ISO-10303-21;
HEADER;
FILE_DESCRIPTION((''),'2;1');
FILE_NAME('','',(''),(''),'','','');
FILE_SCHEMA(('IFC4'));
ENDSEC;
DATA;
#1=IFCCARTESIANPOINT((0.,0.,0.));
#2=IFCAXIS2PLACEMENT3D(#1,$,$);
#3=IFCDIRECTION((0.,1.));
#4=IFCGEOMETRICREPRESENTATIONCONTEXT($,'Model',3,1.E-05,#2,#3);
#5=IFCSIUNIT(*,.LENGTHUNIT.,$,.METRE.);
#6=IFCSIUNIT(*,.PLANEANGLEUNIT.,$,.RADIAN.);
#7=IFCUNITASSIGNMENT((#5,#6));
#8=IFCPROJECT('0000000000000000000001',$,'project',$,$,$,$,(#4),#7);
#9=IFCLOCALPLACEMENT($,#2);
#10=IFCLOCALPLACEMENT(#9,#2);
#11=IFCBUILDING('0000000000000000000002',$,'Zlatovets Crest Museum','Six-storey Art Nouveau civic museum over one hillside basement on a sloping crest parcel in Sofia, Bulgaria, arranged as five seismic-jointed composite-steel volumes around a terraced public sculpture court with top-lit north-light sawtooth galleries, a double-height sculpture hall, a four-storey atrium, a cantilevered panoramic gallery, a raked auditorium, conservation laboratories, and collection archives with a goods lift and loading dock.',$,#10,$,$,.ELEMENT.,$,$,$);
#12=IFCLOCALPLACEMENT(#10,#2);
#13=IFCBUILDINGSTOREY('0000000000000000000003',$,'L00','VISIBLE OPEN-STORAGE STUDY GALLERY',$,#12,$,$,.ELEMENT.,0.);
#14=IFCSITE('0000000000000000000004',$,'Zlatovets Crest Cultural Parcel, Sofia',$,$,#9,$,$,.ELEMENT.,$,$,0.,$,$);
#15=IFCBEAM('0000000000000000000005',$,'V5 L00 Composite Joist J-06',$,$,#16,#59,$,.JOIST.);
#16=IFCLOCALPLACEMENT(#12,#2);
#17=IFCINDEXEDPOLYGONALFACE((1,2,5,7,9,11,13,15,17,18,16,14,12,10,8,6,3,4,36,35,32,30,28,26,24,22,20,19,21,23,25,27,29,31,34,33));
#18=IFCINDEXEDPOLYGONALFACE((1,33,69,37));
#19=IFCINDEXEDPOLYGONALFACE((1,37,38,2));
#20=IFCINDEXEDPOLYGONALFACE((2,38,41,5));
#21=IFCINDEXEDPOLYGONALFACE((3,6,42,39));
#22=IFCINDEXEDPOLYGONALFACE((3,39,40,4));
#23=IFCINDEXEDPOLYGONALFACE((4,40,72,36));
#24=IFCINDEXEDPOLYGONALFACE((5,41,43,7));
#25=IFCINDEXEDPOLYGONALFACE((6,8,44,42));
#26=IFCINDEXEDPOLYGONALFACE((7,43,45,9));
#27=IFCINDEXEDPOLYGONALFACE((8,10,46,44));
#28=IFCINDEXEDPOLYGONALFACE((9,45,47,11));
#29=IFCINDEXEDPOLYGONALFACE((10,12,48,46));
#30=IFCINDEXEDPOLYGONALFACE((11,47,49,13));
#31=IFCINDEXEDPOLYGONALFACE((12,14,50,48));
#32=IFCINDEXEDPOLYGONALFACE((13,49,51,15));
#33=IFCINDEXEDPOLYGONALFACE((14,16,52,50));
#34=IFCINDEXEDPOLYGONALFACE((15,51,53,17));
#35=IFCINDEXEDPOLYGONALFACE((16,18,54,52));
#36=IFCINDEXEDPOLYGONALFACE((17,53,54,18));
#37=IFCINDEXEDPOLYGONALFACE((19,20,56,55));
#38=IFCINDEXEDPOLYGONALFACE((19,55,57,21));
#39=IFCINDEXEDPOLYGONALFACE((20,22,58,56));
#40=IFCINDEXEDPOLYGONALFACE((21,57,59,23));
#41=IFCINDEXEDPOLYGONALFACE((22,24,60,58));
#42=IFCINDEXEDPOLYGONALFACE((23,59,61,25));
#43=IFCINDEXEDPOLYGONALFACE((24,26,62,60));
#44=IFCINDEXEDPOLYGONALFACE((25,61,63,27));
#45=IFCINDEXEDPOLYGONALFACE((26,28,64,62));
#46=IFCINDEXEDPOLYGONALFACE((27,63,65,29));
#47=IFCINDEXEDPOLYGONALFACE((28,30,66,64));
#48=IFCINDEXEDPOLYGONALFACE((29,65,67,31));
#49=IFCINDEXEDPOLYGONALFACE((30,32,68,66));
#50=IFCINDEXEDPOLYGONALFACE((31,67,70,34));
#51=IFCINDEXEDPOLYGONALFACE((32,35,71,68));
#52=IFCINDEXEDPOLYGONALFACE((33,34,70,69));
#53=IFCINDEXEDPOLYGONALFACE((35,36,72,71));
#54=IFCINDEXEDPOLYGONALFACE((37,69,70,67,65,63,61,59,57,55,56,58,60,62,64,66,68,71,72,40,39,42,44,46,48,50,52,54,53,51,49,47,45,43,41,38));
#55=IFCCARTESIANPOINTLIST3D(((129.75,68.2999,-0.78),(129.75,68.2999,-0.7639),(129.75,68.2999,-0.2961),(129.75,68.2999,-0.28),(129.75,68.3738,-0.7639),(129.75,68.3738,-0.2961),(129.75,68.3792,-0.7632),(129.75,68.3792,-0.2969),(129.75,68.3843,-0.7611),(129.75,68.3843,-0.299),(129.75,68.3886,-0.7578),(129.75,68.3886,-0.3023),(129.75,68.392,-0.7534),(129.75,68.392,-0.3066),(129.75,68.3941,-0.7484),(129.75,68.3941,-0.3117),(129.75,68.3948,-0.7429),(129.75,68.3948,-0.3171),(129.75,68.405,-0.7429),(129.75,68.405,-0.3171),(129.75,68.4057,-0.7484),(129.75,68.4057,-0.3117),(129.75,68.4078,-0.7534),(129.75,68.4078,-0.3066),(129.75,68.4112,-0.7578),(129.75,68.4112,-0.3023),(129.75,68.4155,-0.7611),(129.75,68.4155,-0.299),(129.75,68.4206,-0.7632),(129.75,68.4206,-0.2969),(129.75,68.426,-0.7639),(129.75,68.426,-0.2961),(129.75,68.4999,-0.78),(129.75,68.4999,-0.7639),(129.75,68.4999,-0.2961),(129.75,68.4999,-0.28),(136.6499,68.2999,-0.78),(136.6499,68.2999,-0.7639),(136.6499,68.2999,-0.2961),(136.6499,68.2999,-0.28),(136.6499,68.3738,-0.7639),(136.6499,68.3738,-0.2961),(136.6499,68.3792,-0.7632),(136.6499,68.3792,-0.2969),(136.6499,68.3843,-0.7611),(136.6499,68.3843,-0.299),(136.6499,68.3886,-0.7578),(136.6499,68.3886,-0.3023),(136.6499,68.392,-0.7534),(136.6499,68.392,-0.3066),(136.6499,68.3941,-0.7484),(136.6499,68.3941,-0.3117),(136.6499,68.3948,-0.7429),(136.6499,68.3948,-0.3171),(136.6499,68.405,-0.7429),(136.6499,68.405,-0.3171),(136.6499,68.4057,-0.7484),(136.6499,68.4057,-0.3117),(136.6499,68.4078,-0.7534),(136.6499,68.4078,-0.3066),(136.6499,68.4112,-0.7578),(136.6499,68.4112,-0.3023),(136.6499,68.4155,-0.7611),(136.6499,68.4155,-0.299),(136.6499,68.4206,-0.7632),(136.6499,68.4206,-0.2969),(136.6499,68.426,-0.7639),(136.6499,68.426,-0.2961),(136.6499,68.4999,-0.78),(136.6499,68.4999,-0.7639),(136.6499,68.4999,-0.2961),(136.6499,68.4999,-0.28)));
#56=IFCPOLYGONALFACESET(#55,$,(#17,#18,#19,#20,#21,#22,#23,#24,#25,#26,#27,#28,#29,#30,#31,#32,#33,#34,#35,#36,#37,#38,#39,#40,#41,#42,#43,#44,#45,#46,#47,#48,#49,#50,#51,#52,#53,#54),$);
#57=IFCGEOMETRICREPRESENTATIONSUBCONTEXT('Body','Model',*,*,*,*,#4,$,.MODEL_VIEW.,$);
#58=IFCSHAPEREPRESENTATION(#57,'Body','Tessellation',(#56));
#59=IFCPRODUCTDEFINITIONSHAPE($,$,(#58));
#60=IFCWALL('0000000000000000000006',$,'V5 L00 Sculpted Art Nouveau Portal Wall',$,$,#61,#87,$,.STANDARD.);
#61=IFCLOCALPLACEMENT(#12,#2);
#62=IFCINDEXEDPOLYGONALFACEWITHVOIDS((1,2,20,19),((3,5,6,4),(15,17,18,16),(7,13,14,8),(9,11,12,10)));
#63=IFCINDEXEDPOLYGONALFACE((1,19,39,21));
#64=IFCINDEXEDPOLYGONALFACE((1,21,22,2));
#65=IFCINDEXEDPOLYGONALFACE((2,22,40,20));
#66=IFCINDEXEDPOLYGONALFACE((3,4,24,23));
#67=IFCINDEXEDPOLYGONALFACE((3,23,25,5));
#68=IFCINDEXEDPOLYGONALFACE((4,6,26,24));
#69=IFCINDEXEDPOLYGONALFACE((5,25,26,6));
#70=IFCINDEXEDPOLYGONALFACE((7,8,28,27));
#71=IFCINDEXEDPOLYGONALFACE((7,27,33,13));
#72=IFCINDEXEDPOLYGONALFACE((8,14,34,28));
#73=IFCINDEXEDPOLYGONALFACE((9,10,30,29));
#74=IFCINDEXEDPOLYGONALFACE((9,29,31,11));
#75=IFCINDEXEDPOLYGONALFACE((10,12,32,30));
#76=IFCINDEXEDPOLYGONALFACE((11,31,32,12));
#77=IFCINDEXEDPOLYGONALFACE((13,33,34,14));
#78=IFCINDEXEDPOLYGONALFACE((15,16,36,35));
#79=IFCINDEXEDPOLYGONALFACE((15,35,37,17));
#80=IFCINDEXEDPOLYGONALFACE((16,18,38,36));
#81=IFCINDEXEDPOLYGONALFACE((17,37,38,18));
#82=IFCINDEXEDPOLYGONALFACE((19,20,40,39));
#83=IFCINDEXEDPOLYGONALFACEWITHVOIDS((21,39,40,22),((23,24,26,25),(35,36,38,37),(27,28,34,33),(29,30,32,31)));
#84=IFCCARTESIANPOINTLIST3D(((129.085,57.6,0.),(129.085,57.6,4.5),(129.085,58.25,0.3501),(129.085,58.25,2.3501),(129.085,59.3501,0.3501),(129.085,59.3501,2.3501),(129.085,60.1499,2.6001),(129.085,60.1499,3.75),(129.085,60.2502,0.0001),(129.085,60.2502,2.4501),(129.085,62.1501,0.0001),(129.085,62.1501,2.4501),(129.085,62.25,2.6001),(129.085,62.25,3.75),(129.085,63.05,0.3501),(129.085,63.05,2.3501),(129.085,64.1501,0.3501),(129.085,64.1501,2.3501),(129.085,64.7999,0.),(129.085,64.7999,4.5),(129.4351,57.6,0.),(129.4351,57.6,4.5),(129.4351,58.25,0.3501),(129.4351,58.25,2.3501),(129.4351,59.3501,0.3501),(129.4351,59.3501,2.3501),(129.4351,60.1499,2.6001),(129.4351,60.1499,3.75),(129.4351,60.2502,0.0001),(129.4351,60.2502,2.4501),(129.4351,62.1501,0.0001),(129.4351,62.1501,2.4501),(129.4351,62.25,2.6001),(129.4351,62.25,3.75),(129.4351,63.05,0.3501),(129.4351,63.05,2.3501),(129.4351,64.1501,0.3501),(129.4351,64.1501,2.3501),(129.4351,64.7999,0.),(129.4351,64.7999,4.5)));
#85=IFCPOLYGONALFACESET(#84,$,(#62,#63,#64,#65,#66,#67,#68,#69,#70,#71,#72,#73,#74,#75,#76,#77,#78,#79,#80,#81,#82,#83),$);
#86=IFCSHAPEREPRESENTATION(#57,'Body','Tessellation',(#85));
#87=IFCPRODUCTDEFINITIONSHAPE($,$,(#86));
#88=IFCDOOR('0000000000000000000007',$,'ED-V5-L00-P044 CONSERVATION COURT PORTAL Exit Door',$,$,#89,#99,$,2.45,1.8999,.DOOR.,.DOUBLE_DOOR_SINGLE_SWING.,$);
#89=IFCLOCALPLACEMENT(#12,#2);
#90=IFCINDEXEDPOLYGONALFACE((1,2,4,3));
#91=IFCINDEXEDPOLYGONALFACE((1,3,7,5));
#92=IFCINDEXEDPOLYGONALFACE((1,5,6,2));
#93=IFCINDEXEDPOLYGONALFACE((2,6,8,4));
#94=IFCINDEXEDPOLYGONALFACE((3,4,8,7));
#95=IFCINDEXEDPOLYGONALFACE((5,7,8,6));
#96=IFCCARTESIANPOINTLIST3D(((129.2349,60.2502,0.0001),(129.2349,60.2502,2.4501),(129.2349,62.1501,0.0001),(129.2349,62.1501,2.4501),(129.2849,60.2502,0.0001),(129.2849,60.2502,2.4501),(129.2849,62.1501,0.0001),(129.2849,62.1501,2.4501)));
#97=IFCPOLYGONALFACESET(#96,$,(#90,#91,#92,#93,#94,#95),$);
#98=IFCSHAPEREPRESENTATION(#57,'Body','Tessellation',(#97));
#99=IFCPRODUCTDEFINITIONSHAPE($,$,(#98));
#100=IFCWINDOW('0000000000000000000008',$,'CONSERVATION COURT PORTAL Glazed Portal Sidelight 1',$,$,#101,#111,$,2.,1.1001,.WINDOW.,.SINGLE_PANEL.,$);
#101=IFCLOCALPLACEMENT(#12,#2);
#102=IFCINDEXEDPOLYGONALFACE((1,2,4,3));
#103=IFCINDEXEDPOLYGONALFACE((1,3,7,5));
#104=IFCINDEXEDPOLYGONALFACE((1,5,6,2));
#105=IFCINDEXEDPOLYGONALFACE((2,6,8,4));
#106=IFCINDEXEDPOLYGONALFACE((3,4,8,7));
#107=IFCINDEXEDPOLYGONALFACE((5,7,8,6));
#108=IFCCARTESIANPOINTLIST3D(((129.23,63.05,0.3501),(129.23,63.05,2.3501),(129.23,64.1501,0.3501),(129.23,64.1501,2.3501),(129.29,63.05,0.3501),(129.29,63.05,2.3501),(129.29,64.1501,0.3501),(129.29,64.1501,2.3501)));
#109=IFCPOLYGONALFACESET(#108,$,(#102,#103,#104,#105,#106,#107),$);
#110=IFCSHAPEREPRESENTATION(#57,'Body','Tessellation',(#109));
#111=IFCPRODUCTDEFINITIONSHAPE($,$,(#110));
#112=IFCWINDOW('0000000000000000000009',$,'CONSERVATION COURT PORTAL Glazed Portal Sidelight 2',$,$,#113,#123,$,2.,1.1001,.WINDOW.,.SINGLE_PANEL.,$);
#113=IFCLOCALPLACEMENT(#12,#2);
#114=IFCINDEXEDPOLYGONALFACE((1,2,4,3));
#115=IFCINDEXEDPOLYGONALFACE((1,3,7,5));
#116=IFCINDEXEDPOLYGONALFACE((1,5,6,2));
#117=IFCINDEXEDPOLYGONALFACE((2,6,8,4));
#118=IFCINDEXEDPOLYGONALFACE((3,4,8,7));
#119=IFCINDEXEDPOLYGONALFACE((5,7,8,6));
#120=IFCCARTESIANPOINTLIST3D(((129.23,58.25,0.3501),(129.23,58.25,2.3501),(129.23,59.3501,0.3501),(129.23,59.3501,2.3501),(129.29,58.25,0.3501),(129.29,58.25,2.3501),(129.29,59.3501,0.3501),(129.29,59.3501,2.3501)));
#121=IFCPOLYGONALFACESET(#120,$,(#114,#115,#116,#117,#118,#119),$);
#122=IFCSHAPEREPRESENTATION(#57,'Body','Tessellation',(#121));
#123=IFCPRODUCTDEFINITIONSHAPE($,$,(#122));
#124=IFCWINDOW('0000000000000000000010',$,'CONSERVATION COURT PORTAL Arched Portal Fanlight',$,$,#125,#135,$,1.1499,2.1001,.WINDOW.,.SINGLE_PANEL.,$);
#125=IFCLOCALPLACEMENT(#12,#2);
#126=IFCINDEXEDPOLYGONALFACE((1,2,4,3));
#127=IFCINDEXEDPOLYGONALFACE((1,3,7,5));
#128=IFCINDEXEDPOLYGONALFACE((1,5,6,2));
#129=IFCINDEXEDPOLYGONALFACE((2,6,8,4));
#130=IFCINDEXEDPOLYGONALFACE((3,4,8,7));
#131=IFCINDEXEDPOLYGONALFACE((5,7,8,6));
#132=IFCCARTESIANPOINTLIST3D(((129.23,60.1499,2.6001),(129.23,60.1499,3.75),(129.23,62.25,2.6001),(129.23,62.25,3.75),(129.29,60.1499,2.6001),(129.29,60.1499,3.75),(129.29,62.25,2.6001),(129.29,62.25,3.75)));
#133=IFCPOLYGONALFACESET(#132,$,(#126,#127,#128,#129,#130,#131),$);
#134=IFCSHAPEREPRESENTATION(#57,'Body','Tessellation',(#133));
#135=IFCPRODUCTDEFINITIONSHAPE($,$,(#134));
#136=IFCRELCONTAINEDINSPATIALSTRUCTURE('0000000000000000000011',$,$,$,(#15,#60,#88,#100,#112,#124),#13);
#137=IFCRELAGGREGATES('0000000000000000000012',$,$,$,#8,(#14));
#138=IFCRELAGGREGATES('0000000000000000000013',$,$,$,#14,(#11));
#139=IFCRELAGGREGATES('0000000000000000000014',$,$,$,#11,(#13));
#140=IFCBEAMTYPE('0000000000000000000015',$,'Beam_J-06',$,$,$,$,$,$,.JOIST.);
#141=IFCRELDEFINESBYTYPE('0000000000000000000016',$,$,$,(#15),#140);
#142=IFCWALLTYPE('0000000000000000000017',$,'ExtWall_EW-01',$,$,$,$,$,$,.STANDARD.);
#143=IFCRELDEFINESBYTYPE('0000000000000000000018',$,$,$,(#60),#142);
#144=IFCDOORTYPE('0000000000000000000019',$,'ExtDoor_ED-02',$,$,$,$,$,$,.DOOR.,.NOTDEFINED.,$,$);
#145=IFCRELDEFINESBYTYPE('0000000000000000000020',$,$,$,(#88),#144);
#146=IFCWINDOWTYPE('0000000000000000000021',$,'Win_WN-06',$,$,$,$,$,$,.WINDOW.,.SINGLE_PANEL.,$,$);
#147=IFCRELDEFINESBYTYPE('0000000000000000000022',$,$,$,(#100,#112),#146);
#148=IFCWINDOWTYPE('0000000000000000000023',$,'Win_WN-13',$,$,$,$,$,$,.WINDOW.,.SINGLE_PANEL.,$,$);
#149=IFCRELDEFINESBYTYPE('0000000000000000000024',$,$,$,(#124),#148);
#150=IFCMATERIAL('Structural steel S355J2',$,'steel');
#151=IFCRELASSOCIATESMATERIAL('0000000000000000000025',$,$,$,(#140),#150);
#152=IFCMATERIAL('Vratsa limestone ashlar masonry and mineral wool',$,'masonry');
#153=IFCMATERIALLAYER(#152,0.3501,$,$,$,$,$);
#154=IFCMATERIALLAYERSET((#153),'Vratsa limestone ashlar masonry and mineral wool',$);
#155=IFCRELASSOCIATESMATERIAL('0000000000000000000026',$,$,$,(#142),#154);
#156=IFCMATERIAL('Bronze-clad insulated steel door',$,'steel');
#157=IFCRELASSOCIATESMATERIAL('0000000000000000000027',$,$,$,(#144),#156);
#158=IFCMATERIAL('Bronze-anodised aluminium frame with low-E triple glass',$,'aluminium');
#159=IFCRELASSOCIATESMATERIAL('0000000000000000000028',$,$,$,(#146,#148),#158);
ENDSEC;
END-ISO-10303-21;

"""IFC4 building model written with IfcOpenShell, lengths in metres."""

from ifc_helpers import new_model, si_unit, direction, frame, frame_2d, origin, origin_2d, place, context, subcontext, project, spatial, rectangle, i_section, extrude, material, layer, layer_set, material_profile, profile_set, type_object, element, fill, save


model = new_model("IFC4")

# Units and contexts
model_context = context("Model", 3, precision=1e-05, world=origin(), true_north=direction((0.0, 1.0)))
body_context = subcontext(model_context, "Body", "Model", "MODEL_VIEW")
ifc_project = project(units=[si_unit("LENGTHUNIT", "METRE"), si_unit("PLANEANGLEUNIT", "RADIAN")], contexts=[model_context])

# Site, building, storey
site_placement = place(None, origin())
site = spatial("IfcSite", under=ifc_project, at=site_placement, Name="Zlatovets Crest Cultural Parcel, Sofia", CompositionType="ELEMENT", RefElevation=0.0)
building_placement = place(site_placement, origin())
building = spatial("IfcBuilding", under=site, at=building_placement, Name="Zlatovets Crest Museum", Description="Six-storey Art Nouveau civic museum over one hillside basement on a sloping crest parcel in Sofia, Bulgaria, arranged as five seismic-jointed composite-steel volumes around a terraced public sculpture court with top-lit north-light sawtooth galleries, a double-height sculpture hall, a four-storey atrium, a cantilevered panoramic gallery, a raked auditorium, conservation laboratories, and collection archives with a goods lift and loading dock.", CompositionType="ELEMENT")
storey_placement = place(building_placement, origin())
storey = spatial("IfcBuildingStorey", under=building, at=storey_placement, Name="L00", Description="VISIBLE OPEN-STORAGE STUDY GALLERY", CompositionType="ELEMENT", Elevation=0.0)

# Shared definitions
ifc_material_1 = material(Name="Structural steel S355J2", Category="steel")

# Beam
ifc_material_profile_1 = material_profile(ifc_material_1, i_section(OverallWidth=0.2, OverallDepth=0.5, WebThickness=0.0103, FlangeThickness=0.0161, FilletRadius=0.021, at=origin_2d()), Name="IPE 500")
ifc_profile_set_1 = profile_set([ifc_material_profile_1], Name="Structural steel S355J2")
beam_type_1 = type_object("IfcBeamType", Name="Beam_J-06", PredefinedType="JOIST", material=ifc_profile_set_1)
for number, where, z_axis, x_axis, name in (
    (1, (129.75, 68.3999, -0.53), (1.0, 0.0, 0.0), (0.0, 1.0, 0.0), "V5 L00 Composite Joist J-06"),
):
    element("IfcBeam", number, at=place(storey_placement, frame(where, z_axis=z_axis, x_axis=x_axis)), inside=storey, type_object=beam_type_1, Name=name, PredefinedType="JOIST", context=body_context, shape_type="SweptSolid", body=[
        extrude(i_section(OverallWidth=0.2, OverallDepth=0.5, WebThickness=0.0103, FlangeThickness=0.0161, FilletRadius=0.021, at=origin_2d()), origin(), (0.0, 0.0, 1.0), 6.8999),
    ])

# Wall, openings, door, windows
ifc_material_2 = material(Name="Vratsa limestone ashlar masonry and mineral wool", Category="masonry")
ifc_layer_1 = layer(ifc_material_2, 0.3501)
ifc_layer_set_1 = layer_set([ifc_layer_1], Name="Vratsa limestone ashlar masonry and mineral wool")
wall_type = type_object("IfcWallType", Name="ExtWall_EW-01", PredefinedType="STANDARD", material=ifc_layer_set_1)
wall_1_placement = place(storey_placement, frame((129.26, 64.8, 0.0), z_axis=(0.0, 0.0, 1.0), x_axis=(0.0, -1.0, 0.0)))
wall_1 = element("IfcWall", 2, at=wall_1_placement, inside=storey, type_object=wall_type, Name="V5 L00 Sculpted Art Nouveau Portal Wall", PredefinedType="STANDARD", context=body_context, shape_type="SweptSolid", body=[
    extrude(rectangle(XDim=7.2, YDim=0.3501, at=frame_2d((3.6001, 0.0))), origin(), (0.0, 0.0, 1.0), 4.5),
])
opening_1_placement = place(wall_1_placement, frame((2.6499, 0.0, 0.0)))
opening_1 = element("IfcOpeningElement", 3, at=opening_1_placement, cuts=wall_1, PredefinedType="OPENING", context=body_context, shape_type="SweptSolid", body=[
    extrude(rectangle(XDim=1.8999, YDim=2.45, at=frame_2d((0.95, 1.2251))), frame((0.0, 0.1851, 0.0), z_axis=(0.0, -1.0, 0.0), x_axis=(1.0, 0.0, 0.0)), (0.0, 0.0, 1.0), 0.3701),
])
opening_2_placement = place(wall_1_placement, frame((2.55, 0.0, 2.6001)))
opening_2 = element("IfcOpeningElement", 4, at=opening_2_placement, cuts=wall_1, PredefinedType="OPENING", context=body_context, shape_type="SweptSolid", body=[
    extrude(rectangle(XDim=2.1001, YDim=1.1499, at=frame_2d((1.05, 0.575))), frame((0.0, 0.1851, 0.0), z_axis=(0.0, -1.0, 0.0), x_axis=(1.0, 0.0, 0.0)), (0.0, 0.0, 1.0), 0.3701),
])
opening_3_placement = place(wall_1_placement, frame((0.6499, 0.0, 0.3501)))
opening_3 = element("IfcOpeningElement", 5, at=opening_3_placement, cuts=wall_1, PredefinedType="OPENING", context=body_context, shape_type="SweptSolid", body=[
    extrude(rectangle(XDim=1.1001, YDim=2.0, at=frame_2d((0.55, 1.0))), frame((0.0, 0.1851, 0.0), z_axis=(0.0, -1.0, 0.0), x_axis=(1.0, 0.0, 0.0)), (0.0, 0.0, 1.0), 0.3701),
])
opening_4_placement = place(wall_1_placement, frame((5.45, 0.0, 0.3501)))
opening_4 = element("IfcOpeningElement", 6, at=opening_4_placement, cuts=wall_1, PredefinedType="OPENING", context=body_context, shape_type="SweptSolid", body=[
    extrude(rectangle(XDim=1.1001, YDim=2.0, at=frame_2d((0.55, 1.0))), frame((0.0, 0.1851, 0.0), z_axis=(0.0, -1.0, 0.0), x_axis=(1.0, 0.0, 0.0)), (0.0, 0.0, 1.0), 0.3701),
])
ifc_material_3 = material(Name="Bronze-clad insulated steel door", Category="steel")
door_type = type_object("IfcDoorType", Name="ExtDoor_ED-02", OperationType="NOTDEFINED", PredefinedType="DOOR", material=ifc_material_3)
door_1_placement = place(opening_1_placement, origin())
door_1 = element("IfcDoor", 7, at=door_1_placement, inside=storey, type_object=door_type, Name="ED-V5-L00-P044 CONSERVATION COURT PORTAL Exit Door", OperationType="DOUBLE_DOOR_SINGLE_SWING", OverallHeight=2.45, OverallWidth=1.8999, PredefinedType="DOOR", context=body_context, shape_type="SweptSolid", body=[
    extrude(rectangle(XDim=1.8999, YDim=2.45, at=frame_2d((0.95, 1.2251))), frame((0.0, 0.0249, 0.0), z_axis=(0.0, -1.0, 0.0), x_axis=(1.0, 0.0, 0.0)), (0.0, 0.0, 1.0), 0.05),
])
fill(opening_1, door_1)
ifc_material_4 = material(Name="Bronze-anodised aluminium frame with low-E triple glass", Category="aluminium")
window_type_1 = type_object("IfcWindowType", Name="Win_WN-06", PartitioningType="SINGLE_PANEL", PredefinedType="WINDOW", material=ifc_material_4)
window_1_placement = place(opening_3_placement, origin())
window_1 = element("IfcWindow", 8, at=window_1_placement, inside=storey, type_object=window_type_1, Name="CONSERVATION COURT PORTAL Glazed Portal Sidelight 1", OverallHeight=2.0, OverallWidth=1.1001, PartitioningType="SINGLE_PANEL", PredefinedType="WINDOW", context=body_context, shape_type="SweptSolid", body=[
    extrude(rectangle(XDim=1.1001, YDim=2.0, at=frame_2d((0.55, 1.0))), frame((0.0, 0.03, 0.0), z_axis=(0.0, -1.0, 0.0), x_axis=(1.0, 0.0, 0.0)), (0.0, 0.0, 1.0), 0.0601),
])
fill(opening_3, window_1)
window_2_placement = place(opening_4_placement, origin())
window_2 = element("IfcWindow", 9, at=window_2_placement, inside=storey, type_object=window_type_1, Name="CONSERVATION COURT PORTAL Glazed Portal Sidelight 2", OverallHeight=2.0, OverallWidth=1.1001, PartitioningType="SINGLE_PANEL", PredefinedType="WINDOW", context=body_context, shape_type="SweptSolid", body=[
    extrude(rectangle(XDim=1.1001, YDim=2.0, at=frame_2d((0.55, 1.0))), frame((0.0, 0.03, 0.0), z_axis=(0.0, -1.0, 0.0), x_axis=(1.0, 0.0, 0.0)), (0.0, 0.0, 1.0), 0.0601),
])
fill(opening_4, window_2)
window_type_2 = type_object("IfcWindowType", Name="Win_WN-13", PartitioningType="SINGLE_PANEL", PredefinedType="WINDOW", material=ifc_material_4)
window_3_placement = place(opening_2_placement, origin())
window_3 = element("IfcWindow", 10, at=window_3_placement, inside=storey, type_object=window_type_2, Name="CONSERVATION COURT PORTAL Arched Portal Fanlight", OverallHeight=1.1499, OverallWidth=2.1001, PartitioningType="SINGLE_PANEL", PredefinedType="WINDOW", context=body_context, shape_type="SweptSolid", body=[
    extrude(rectangle(XDim=2.1001, YDim=1.1499, at=frame_2d((1.05, 0.575))), frame((0.0, 0.03, 0.0), z_axis=(0.0, -1.0, 0.0), x_axis=(1.0, 0.0, 0.0)), (0.0, 0.0, 1.0), 0.0601),
])
fill(opening_2, window_3)

save(model, "model.ifc")
